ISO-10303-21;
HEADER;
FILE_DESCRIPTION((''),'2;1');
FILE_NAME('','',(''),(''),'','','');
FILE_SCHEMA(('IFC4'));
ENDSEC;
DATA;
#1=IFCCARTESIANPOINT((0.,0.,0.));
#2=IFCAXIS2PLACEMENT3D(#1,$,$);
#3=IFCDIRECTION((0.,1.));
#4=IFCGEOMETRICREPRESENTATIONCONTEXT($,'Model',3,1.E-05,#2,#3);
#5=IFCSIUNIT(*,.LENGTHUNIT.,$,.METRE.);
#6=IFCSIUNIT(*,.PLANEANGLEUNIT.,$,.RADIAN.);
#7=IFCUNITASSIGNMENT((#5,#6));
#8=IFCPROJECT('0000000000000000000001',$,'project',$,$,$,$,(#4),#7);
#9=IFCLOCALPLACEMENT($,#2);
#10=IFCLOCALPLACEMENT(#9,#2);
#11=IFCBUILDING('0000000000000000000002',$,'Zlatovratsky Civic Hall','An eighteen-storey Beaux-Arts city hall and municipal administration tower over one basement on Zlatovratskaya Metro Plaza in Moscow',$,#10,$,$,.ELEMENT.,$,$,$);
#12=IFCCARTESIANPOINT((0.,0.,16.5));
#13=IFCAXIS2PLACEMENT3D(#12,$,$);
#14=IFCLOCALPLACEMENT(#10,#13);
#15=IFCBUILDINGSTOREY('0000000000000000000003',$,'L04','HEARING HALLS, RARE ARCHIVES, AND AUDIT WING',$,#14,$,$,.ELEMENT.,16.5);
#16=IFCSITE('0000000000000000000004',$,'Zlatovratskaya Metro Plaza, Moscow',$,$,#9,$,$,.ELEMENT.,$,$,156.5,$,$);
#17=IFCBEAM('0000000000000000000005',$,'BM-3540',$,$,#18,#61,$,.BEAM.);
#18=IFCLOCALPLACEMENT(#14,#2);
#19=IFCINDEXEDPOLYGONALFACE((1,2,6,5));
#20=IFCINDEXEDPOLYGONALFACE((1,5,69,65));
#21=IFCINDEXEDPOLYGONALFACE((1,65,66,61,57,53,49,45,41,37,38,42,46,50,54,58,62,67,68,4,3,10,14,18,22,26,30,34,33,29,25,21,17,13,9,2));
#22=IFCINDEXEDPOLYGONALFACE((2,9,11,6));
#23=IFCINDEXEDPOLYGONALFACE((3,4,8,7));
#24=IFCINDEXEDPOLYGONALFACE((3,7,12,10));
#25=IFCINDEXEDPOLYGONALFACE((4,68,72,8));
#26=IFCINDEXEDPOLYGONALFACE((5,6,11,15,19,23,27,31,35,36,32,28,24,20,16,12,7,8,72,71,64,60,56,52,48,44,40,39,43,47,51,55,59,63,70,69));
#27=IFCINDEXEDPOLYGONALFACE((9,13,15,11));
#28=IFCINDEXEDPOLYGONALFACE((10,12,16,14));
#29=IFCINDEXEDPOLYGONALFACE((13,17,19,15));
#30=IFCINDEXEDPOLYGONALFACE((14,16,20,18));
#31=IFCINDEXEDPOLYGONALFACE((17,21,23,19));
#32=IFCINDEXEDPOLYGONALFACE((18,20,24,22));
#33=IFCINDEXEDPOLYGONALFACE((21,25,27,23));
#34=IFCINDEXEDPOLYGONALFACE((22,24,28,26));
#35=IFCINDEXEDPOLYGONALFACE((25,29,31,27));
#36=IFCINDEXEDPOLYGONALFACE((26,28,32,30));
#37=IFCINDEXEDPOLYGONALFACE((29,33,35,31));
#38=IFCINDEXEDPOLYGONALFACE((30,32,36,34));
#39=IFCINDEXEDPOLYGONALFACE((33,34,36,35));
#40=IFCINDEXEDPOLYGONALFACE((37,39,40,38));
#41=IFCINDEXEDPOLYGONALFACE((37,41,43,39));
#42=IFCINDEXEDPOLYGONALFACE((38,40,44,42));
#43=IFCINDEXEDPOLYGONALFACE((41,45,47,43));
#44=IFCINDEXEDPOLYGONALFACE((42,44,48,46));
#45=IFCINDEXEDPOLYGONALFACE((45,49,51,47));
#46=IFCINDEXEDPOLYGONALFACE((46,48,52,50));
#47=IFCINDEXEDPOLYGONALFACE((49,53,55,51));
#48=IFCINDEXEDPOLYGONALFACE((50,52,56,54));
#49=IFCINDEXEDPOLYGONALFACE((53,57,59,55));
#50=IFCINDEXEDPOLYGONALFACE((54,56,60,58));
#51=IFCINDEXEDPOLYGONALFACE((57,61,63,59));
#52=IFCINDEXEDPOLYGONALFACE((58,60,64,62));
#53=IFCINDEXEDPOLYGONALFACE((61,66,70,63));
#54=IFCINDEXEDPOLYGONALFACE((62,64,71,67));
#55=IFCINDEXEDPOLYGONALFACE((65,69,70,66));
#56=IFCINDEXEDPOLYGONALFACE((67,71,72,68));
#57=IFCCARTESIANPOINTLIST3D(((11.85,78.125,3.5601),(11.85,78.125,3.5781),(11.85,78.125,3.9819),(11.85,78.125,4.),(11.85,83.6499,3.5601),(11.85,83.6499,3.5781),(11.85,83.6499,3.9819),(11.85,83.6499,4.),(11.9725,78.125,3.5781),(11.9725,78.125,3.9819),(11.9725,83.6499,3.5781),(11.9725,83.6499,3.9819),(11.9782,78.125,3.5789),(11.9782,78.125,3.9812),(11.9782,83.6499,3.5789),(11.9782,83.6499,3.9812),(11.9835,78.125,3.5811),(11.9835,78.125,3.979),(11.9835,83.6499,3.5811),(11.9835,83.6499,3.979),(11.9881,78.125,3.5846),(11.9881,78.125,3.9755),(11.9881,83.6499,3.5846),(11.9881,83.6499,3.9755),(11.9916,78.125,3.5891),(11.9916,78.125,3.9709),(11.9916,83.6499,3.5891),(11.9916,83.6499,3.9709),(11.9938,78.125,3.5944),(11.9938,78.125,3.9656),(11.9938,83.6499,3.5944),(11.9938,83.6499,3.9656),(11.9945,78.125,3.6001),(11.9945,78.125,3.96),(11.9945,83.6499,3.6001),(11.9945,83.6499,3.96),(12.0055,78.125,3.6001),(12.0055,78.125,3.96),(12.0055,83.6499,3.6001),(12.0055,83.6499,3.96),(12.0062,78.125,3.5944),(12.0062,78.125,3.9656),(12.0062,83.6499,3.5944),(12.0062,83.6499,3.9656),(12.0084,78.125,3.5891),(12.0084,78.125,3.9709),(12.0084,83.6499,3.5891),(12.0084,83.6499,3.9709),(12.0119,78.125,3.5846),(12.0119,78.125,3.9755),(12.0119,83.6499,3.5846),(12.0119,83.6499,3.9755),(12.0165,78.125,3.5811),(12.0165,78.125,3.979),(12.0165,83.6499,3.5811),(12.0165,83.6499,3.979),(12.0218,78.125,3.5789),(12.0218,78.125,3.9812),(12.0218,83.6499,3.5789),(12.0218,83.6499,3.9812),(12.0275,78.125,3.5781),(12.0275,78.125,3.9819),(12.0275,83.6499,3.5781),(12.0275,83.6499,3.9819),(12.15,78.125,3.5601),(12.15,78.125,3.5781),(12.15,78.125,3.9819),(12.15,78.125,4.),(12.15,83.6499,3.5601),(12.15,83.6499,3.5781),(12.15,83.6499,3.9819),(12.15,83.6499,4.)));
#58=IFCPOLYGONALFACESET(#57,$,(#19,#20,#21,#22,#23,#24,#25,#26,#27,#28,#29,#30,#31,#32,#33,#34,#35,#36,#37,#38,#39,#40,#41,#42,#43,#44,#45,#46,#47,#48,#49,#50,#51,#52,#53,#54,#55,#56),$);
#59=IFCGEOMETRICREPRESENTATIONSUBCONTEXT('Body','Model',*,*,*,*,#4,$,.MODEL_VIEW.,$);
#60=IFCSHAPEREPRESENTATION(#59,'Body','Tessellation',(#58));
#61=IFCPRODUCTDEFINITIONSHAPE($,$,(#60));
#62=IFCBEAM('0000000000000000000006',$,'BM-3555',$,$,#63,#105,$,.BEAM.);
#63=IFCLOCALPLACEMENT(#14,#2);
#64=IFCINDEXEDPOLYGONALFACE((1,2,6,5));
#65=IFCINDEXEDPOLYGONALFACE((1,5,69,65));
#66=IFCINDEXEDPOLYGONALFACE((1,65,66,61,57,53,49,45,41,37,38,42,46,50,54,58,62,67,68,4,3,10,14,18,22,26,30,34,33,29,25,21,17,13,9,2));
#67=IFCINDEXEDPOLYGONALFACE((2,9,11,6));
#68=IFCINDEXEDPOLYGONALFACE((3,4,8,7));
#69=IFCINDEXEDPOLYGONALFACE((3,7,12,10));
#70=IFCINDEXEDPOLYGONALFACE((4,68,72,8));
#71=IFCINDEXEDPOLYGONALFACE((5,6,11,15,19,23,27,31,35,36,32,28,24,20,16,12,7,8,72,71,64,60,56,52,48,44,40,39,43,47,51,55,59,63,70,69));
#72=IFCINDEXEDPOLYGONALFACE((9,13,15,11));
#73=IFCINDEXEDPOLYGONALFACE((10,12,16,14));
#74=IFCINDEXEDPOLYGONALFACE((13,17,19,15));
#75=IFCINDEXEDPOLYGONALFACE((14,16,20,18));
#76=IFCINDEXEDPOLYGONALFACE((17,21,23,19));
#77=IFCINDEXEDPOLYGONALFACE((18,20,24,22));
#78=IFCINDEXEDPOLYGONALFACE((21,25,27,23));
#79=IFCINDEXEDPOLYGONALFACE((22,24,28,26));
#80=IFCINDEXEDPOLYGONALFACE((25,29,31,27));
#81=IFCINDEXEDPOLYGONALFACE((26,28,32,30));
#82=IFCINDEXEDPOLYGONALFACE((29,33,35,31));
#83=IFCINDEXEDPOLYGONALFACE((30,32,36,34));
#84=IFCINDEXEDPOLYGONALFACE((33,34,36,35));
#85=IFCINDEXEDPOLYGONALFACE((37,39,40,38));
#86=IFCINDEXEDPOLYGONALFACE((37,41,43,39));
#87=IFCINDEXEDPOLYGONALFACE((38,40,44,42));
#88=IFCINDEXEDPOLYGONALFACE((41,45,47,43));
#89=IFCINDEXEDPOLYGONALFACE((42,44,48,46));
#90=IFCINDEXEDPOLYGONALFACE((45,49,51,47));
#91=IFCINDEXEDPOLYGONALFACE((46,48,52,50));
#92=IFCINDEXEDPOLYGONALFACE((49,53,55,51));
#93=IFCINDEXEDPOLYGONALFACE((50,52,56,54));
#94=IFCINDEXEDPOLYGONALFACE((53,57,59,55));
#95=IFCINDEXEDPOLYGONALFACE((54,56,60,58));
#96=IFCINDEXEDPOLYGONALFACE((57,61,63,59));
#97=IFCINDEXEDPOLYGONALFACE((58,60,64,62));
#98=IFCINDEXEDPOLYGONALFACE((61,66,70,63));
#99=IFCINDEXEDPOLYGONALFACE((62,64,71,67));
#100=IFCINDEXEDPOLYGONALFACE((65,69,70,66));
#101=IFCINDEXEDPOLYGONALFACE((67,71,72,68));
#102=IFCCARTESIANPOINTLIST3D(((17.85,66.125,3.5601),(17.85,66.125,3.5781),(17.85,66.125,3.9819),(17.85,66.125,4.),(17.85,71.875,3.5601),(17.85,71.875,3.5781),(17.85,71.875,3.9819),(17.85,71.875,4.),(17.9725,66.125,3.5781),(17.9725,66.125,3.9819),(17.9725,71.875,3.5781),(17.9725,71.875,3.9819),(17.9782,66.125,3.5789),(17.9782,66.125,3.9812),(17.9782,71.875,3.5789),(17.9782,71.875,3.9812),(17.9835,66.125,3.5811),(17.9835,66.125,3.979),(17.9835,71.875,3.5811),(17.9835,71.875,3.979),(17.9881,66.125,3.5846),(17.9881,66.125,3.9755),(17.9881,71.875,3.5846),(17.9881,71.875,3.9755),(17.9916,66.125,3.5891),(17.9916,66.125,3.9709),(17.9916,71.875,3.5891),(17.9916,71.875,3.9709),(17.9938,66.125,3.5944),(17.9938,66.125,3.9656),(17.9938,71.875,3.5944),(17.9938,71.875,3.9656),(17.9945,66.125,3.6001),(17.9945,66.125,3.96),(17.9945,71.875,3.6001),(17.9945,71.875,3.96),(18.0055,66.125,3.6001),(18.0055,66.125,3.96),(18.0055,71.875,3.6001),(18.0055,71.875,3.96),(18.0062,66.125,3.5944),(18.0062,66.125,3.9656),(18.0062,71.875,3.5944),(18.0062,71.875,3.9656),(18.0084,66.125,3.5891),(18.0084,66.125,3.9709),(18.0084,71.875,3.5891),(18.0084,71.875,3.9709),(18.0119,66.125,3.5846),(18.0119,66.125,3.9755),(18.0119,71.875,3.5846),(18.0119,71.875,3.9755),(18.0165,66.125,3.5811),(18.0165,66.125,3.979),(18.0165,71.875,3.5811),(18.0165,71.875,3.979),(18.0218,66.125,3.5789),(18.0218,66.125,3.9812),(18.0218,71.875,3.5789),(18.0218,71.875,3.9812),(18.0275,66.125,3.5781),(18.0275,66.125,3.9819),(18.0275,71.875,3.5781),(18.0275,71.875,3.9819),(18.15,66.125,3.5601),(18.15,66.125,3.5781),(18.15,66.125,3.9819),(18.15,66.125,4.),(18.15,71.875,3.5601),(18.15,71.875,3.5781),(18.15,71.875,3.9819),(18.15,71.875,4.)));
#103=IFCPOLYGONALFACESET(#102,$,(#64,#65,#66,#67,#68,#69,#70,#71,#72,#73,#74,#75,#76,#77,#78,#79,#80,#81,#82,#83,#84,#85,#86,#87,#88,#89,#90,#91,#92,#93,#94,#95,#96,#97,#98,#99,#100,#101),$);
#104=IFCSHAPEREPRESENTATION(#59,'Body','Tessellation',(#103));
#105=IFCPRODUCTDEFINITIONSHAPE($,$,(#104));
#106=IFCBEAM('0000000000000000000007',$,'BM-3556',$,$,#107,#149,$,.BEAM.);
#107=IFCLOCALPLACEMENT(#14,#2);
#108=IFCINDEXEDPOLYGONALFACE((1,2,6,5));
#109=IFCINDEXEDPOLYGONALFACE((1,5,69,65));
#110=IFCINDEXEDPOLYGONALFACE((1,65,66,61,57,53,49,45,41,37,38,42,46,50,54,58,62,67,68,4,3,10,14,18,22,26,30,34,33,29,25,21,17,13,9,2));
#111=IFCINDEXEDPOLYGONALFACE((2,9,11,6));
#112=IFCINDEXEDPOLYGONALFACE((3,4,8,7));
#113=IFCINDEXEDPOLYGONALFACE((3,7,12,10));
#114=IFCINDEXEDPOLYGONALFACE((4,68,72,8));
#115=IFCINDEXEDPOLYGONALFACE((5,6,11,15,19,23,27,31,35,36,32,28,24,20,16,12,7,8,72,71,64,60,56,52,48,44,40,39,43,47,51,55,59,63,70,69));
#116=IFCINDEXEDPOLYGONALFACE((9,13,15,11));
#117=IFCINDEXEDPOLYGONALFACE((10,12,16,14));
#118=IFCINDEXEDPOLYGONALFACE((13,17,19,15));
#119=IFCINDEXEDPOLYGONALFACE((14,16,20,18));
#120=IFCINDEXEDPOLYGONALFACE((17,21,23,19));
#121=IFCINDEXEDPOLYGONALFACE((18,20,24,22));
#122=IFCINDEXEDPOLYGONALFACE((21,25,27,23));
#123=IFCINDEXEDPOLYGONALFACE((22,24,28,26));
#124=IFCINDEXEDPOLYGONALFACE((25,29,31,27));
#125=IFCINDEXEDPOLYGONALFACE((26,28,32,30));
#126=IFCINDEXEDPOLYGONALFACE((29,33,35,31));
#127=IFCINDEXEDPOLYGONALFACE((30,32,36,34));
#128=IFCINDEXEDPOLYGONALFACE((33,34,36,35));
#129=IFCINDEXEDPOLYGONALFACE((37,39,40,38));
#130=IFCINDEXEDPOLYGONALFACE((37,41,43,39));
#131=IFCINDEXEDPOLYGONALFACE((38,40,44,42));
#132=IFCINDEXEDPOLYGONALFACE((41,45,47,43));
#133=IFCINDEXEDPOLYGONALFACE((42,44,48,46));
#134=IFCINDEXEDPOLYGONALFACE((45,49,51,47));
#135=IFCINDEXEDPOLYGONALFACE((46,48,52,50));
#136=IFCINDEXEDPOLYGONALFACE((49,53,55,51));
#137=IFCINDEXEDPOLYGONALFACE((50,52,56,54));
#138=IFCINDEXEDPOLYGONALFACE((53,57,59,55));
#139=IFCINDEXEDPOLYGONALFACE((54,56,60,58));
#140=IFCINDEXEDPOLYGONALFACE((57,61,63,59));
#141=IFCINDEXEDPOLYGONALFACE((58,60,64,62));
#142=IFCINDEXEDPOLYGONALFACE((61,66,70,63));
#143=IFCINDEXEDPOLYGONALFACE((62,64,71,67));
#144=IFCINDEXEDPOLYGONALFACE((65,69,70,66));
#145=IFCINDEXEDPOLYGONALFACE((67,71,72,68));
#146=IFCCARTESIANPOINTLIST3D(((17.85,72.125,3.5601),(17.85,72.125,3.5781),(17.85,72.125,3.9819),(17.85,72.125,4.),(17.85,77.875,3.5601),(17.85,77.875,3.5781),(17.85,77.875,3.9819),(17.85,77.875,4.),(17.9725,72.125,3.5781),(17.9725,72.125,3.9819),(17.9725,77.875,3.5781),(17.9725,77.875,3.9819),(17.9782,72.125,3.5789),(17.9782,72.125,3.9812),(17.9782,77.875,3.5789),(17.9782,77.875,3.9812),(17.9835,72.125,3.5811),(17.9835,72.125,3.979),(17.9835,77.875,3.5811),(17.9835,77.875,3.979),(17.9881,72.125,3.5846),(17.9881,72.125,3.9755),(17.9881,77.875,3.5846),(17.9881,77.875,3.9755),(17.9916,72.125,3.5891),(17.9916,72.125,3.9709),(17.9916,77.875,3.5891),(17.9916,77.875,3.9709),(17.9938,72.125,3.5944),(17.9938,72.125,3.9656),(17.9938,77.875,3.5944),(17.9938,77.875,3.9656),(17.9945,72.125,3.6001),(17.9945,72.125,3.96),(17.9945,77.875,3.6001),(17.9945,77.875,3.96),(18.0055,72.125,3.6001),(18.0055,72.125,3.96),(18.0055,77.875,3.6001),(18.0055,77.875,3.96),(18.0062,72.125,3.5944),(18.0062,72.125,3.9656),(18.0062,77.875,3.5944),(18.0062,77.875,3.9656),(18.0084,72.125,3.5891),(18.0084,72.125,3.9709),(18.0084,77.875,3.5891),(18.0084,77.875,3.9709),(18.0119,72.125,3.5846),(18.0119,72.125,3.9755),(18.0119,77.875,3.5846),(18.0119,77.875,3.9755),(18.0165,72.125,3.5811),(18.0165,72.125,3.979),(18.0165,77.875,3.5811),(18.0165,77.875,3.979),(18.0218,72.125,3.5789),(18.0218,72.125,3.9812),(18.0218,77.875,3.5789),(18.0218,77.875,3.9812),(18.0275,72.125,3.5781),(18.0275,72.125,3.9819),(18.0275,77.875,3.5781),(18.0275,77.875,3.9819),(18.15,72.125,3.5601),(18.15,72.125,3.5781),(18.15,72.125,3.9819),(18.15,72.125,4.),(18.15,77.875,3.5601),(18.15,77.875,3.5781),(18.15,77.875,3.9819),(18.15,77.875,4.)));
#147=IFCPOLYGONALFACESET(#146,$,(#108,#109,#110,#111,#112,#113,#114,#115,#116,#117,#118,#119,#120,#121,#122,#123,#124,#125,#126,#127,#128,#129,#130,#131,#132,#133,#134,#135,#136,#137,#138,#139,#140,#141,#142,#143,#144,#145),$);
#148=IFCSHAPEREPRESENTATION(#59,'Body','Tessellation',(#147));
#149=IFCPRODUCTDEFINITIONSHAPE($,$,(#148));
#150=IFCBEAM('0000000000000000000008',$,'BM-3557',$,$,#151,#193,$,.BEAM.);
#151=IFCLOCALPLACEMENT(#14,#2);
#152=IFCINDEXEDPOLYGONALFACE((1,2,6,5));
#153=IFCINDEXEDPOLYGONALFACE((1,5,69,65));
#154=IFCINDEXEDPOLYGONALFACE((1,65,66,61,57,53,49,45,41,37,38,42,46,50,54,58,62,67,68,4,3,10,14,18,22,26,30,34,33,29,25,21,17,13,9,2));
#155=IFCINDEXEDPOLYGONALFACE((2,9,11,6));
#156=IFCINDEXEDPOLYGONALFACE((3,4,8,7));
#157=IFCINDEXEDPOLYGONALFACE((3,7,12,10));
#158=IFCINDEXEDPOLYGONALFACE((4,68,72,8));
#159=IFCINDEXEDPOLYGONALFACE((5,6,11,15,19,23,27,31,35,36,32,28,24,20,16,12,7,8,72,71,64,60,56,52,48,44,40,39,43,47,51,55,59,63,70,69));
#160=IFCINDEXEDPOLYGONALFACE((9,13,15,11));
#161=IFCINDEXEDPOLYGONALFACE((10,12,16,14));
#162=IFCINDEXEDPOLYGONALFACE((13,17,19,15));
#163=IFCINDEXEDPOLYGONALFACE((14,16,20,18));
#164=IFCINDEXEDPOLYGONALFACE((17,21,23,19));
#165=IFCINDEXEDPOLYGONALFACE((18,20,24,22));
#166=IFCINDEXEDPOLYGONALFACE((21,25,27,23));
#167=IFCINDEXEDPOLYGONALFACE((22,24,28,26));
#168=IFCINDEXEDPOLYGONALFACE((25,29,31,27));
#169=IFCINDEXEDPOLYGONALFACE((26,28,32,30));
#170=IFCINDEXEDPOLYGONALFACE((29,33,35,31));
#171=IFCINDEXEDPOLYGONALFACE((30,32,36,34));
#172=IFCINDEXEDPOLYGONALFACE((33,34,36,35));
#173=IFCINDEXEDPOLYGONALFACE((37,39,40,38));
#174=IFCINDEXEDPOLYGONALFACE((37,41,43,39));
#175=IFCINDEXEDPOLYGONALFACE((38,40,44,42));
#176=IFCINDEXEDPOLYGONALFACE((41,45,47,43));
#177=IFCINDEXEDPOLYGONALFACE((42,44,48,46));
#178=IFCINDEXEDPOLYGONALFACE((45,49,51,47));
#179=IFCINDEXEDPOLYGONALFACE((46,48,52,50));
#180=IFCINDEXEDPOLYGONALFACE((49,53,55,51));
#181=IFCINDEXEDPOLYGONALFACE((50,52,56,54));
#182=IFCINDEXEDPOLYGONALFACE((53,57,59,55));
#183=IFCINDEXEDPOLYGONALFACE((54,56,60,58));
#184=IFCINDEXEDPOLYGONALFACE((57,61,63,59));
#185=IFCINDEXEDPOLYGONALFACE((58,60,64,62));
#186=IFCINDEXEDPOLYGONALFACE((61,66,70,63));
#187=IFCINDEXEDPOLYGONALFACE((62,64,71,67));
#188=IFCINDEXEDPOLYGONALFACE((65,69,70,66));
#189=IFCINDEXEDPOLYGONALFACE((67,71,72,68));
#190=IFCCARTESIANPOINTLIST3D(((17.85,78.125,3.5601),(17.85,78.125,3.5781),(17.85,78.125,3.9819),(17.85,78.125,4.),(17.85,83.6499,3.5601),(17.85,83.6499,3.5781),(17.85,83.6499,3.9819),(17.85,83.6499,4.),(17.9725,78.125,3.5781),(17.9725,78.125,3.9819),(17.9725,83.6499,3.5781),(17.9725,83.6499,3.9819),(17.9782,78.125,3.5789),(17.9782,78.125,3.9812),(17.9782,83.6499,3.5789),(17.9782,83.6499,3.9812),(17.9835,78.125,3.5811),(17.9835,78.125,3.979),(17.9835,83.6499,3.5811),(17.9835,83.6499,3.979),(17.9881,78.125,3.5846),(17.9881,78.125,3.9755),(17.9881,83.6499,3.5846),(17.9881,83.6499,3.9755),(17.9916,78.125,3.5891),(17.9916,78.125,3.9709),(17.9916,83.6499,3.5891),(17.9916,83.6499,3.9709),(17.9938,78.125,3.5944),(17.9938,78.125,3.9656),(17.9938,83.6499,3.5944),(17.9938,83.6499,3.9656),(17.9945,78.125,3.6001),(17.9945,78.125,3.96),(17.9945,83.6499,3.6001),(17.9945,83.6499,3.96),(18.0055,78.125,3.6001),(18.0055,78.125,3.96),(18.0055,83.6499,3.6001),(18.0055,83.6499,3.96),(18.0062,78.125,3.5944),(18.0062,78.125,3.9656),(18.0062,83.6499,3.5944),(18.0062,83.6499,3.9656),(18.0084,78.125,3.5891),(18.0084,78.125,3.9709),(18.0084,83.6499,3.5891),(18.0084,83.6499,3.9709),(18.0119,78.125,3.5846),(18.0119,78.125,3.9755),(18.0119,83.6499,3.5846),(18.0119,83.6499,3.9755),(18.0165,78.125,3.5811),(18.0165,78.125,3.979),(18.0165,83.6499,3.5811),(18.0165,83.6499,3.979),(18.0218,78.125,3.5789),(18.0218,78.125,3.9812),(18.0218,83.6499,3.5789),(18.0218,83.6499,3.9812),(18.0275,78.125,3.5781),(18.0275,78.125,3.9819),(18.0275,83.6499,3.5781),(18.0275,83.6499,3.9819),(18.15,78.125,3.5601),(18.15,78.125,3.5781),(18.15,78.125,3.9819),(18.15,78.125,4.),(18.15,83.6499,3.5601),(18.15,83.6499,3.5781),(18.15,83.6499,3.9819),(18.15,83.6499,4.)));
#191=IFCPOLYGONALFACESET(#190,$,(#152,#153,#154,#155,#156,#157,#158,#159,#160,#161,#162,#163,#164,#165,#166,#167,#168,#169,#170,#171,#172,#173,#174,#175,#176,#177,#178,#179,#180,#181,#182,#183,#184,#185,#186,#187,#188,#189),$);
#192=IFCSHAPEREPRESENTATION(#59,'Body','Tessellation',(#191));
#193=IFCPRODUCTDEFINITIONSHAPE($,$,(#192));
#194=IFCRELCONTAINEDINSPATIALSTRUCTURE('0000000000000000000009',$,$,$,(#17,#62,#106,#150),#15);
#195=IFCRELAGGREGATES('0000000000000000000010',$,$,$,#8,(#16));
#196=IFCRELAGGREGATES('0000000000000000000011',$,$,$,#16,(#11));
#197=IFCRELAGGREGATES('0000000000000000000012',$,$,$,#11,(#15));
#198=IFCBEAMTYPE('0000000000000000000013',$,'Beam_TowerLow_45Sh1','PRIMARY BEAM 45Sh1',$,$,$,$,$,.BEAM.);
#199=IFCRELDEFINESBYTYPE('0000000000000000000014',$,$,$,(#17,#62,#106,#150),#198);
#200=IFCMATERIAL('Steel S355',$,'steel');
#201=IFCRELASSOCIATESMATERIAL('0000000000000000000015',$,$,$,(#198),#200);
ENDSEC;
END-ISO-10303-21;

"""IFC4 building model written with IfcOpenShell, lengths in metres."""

from ifc_helpers import new_model, si_unit, direction, frame, origin, origin_2d, place, context, subcontext, project, spatial, i_section, extrude, material, material_profile, profile_set, type_object, element, save


model = new_model("IFC4")

# Units and contexts
model_context = context("Model", 3, precision=1e-05, world=origin(), true_north=direction((0.0, 1.0)))
body_context = subcontext(model_context, "Body", "Model", "MODEL_VIEW")
ifc_project = project(units=[si_unit("LENGTHUNIT", "METRE"), si_unit("PLANEANGLEUNIT", "RADIAN")], contexts=[model_context])

# Site, building, storey
site_placement = place(None, origin())
site = spatial("IfcSite", under=ifc_project, at=site_placement, Name="Zlatovratskaya Metro Plaza, Moscow", CompositionType="ELEMENT", RefElevation=156.5)
building_placement = place(site_placement, origin())
building = spatial("IfcBuilding", under=site, at=building_placement, Name="Zlatovratsky Civic Hall", Description="An eighteen-storey Beaux-Arts city hall and municipal administration tower over one basement on Zlatovratskaya Metro Plaza in Moscow", CompositionType="ELEMENT")
storey_placement = place(building_placement, frame((0.0, 0.0, 16.5)))
storey = spatial("IfcBuildingStorey", under=building, at=storey_placement, Name="L04", Description="HEARING HALLS, RARE ARCHIVES, AND AUDIT WING", CompositionType="ELEMENT", Elevation=16.5)

# Shared definitions
ifc_material_1 = material(Name="Steel S355", Category="steel")

# Beams
ifc_material_profile_1 = material_profile(ifc_material_1, i_section(OverallWidth=0.3, OverallDepth=0.4399, WebThickness=0.011, FlangeThickness=0.0181, FilletRadius=0.022, at=origin_2d()), Name="45Sh1")
ifc_profile_set_1 = profile_set([ifc_material_profile_1], Name="Steel S355")
beam_type_1 = type_object("IfcBeamType", Name="Beam_TowerLow_45Sh1", Description="PRIMARY BEAM 45Sh1", PredefinedType="BEAM", material=ifc_profile_set_1)
beam_1_placement = place(storey_placement, frame((12.0, 78.125, 3.78), z_axis=(0.0, 1.0, 0.0), x_axis=(-1.0, 0.0, 0.0)))
element("IfcBeam", 1, at=beam_1_placement, inside=storey, type_object=beam_type_1, Name="BM-3540", PredefinedType="BEAM", context=body_context, shape_type="SweptSolid", body=[
    extrude(i_section(OverallWidth=0.3, OverallDepth=0.4399, WebThickness=0.011, FlangeThickness=0.0181, FilletRadius=0.022, at=origin_2d()), origin(), (0.0, 0.0, 1.0), 5.5249),
])
for number, where, z_axis, x_axis, name in (
    (2, (18.0, 66.125, 3.78), (0.0, 1.0, 0.0), (-1.0, 0.0, 0.0), "BM-3555"),
    (3, (18.0, 72.125, 3.78), (0.0, 1.0, 0.0), (-1.0, 0.0, 0.0), "BM-3556"),
):
    element("IfcBeam", number, at=place(storey_placement, frame(where, z_axis=z_axis, x_axis=x_axis)), inside=storey, type_object=beam_type_1, Name=name, PredefinedType="BEAM", context=body_context, shape_type="SweptSolid", body=[
        extrude(i_section(OverallWidth=0.3, OverallDepth=0.4399, WebThickness=0.011, FlangeThickness=0.0181, FilletRadius=0.022, at=origin_2d()), origin(), (0.0, 0.0, 1.0), 5.75),
    ])
beam_2_placement = place(storey_placement, frame((18.0, 78.125, 3.78), z_axis=(0.0, 1.0, 0.0), x_axis=(-1.0, 0.0, 0.0)))
element("IfcBeam", 4, at=beam_2_placement, inside=storey, type_object=beam_type_1, Name="BM-3557", PredefinedType="BEAM", context=body_context, shape_type="SweptSolid", body=[
    extrude(i_section(OverallWidth=0.3, OverallDepth=0.4399, WebThickness=0.011, FlangeThickness=0.0181, FilletRadius=0.022, at=origin_2d()), origin(), (0.0, 0.0, 1.0), 5.5249),
])

save(model, "model.ifc")
